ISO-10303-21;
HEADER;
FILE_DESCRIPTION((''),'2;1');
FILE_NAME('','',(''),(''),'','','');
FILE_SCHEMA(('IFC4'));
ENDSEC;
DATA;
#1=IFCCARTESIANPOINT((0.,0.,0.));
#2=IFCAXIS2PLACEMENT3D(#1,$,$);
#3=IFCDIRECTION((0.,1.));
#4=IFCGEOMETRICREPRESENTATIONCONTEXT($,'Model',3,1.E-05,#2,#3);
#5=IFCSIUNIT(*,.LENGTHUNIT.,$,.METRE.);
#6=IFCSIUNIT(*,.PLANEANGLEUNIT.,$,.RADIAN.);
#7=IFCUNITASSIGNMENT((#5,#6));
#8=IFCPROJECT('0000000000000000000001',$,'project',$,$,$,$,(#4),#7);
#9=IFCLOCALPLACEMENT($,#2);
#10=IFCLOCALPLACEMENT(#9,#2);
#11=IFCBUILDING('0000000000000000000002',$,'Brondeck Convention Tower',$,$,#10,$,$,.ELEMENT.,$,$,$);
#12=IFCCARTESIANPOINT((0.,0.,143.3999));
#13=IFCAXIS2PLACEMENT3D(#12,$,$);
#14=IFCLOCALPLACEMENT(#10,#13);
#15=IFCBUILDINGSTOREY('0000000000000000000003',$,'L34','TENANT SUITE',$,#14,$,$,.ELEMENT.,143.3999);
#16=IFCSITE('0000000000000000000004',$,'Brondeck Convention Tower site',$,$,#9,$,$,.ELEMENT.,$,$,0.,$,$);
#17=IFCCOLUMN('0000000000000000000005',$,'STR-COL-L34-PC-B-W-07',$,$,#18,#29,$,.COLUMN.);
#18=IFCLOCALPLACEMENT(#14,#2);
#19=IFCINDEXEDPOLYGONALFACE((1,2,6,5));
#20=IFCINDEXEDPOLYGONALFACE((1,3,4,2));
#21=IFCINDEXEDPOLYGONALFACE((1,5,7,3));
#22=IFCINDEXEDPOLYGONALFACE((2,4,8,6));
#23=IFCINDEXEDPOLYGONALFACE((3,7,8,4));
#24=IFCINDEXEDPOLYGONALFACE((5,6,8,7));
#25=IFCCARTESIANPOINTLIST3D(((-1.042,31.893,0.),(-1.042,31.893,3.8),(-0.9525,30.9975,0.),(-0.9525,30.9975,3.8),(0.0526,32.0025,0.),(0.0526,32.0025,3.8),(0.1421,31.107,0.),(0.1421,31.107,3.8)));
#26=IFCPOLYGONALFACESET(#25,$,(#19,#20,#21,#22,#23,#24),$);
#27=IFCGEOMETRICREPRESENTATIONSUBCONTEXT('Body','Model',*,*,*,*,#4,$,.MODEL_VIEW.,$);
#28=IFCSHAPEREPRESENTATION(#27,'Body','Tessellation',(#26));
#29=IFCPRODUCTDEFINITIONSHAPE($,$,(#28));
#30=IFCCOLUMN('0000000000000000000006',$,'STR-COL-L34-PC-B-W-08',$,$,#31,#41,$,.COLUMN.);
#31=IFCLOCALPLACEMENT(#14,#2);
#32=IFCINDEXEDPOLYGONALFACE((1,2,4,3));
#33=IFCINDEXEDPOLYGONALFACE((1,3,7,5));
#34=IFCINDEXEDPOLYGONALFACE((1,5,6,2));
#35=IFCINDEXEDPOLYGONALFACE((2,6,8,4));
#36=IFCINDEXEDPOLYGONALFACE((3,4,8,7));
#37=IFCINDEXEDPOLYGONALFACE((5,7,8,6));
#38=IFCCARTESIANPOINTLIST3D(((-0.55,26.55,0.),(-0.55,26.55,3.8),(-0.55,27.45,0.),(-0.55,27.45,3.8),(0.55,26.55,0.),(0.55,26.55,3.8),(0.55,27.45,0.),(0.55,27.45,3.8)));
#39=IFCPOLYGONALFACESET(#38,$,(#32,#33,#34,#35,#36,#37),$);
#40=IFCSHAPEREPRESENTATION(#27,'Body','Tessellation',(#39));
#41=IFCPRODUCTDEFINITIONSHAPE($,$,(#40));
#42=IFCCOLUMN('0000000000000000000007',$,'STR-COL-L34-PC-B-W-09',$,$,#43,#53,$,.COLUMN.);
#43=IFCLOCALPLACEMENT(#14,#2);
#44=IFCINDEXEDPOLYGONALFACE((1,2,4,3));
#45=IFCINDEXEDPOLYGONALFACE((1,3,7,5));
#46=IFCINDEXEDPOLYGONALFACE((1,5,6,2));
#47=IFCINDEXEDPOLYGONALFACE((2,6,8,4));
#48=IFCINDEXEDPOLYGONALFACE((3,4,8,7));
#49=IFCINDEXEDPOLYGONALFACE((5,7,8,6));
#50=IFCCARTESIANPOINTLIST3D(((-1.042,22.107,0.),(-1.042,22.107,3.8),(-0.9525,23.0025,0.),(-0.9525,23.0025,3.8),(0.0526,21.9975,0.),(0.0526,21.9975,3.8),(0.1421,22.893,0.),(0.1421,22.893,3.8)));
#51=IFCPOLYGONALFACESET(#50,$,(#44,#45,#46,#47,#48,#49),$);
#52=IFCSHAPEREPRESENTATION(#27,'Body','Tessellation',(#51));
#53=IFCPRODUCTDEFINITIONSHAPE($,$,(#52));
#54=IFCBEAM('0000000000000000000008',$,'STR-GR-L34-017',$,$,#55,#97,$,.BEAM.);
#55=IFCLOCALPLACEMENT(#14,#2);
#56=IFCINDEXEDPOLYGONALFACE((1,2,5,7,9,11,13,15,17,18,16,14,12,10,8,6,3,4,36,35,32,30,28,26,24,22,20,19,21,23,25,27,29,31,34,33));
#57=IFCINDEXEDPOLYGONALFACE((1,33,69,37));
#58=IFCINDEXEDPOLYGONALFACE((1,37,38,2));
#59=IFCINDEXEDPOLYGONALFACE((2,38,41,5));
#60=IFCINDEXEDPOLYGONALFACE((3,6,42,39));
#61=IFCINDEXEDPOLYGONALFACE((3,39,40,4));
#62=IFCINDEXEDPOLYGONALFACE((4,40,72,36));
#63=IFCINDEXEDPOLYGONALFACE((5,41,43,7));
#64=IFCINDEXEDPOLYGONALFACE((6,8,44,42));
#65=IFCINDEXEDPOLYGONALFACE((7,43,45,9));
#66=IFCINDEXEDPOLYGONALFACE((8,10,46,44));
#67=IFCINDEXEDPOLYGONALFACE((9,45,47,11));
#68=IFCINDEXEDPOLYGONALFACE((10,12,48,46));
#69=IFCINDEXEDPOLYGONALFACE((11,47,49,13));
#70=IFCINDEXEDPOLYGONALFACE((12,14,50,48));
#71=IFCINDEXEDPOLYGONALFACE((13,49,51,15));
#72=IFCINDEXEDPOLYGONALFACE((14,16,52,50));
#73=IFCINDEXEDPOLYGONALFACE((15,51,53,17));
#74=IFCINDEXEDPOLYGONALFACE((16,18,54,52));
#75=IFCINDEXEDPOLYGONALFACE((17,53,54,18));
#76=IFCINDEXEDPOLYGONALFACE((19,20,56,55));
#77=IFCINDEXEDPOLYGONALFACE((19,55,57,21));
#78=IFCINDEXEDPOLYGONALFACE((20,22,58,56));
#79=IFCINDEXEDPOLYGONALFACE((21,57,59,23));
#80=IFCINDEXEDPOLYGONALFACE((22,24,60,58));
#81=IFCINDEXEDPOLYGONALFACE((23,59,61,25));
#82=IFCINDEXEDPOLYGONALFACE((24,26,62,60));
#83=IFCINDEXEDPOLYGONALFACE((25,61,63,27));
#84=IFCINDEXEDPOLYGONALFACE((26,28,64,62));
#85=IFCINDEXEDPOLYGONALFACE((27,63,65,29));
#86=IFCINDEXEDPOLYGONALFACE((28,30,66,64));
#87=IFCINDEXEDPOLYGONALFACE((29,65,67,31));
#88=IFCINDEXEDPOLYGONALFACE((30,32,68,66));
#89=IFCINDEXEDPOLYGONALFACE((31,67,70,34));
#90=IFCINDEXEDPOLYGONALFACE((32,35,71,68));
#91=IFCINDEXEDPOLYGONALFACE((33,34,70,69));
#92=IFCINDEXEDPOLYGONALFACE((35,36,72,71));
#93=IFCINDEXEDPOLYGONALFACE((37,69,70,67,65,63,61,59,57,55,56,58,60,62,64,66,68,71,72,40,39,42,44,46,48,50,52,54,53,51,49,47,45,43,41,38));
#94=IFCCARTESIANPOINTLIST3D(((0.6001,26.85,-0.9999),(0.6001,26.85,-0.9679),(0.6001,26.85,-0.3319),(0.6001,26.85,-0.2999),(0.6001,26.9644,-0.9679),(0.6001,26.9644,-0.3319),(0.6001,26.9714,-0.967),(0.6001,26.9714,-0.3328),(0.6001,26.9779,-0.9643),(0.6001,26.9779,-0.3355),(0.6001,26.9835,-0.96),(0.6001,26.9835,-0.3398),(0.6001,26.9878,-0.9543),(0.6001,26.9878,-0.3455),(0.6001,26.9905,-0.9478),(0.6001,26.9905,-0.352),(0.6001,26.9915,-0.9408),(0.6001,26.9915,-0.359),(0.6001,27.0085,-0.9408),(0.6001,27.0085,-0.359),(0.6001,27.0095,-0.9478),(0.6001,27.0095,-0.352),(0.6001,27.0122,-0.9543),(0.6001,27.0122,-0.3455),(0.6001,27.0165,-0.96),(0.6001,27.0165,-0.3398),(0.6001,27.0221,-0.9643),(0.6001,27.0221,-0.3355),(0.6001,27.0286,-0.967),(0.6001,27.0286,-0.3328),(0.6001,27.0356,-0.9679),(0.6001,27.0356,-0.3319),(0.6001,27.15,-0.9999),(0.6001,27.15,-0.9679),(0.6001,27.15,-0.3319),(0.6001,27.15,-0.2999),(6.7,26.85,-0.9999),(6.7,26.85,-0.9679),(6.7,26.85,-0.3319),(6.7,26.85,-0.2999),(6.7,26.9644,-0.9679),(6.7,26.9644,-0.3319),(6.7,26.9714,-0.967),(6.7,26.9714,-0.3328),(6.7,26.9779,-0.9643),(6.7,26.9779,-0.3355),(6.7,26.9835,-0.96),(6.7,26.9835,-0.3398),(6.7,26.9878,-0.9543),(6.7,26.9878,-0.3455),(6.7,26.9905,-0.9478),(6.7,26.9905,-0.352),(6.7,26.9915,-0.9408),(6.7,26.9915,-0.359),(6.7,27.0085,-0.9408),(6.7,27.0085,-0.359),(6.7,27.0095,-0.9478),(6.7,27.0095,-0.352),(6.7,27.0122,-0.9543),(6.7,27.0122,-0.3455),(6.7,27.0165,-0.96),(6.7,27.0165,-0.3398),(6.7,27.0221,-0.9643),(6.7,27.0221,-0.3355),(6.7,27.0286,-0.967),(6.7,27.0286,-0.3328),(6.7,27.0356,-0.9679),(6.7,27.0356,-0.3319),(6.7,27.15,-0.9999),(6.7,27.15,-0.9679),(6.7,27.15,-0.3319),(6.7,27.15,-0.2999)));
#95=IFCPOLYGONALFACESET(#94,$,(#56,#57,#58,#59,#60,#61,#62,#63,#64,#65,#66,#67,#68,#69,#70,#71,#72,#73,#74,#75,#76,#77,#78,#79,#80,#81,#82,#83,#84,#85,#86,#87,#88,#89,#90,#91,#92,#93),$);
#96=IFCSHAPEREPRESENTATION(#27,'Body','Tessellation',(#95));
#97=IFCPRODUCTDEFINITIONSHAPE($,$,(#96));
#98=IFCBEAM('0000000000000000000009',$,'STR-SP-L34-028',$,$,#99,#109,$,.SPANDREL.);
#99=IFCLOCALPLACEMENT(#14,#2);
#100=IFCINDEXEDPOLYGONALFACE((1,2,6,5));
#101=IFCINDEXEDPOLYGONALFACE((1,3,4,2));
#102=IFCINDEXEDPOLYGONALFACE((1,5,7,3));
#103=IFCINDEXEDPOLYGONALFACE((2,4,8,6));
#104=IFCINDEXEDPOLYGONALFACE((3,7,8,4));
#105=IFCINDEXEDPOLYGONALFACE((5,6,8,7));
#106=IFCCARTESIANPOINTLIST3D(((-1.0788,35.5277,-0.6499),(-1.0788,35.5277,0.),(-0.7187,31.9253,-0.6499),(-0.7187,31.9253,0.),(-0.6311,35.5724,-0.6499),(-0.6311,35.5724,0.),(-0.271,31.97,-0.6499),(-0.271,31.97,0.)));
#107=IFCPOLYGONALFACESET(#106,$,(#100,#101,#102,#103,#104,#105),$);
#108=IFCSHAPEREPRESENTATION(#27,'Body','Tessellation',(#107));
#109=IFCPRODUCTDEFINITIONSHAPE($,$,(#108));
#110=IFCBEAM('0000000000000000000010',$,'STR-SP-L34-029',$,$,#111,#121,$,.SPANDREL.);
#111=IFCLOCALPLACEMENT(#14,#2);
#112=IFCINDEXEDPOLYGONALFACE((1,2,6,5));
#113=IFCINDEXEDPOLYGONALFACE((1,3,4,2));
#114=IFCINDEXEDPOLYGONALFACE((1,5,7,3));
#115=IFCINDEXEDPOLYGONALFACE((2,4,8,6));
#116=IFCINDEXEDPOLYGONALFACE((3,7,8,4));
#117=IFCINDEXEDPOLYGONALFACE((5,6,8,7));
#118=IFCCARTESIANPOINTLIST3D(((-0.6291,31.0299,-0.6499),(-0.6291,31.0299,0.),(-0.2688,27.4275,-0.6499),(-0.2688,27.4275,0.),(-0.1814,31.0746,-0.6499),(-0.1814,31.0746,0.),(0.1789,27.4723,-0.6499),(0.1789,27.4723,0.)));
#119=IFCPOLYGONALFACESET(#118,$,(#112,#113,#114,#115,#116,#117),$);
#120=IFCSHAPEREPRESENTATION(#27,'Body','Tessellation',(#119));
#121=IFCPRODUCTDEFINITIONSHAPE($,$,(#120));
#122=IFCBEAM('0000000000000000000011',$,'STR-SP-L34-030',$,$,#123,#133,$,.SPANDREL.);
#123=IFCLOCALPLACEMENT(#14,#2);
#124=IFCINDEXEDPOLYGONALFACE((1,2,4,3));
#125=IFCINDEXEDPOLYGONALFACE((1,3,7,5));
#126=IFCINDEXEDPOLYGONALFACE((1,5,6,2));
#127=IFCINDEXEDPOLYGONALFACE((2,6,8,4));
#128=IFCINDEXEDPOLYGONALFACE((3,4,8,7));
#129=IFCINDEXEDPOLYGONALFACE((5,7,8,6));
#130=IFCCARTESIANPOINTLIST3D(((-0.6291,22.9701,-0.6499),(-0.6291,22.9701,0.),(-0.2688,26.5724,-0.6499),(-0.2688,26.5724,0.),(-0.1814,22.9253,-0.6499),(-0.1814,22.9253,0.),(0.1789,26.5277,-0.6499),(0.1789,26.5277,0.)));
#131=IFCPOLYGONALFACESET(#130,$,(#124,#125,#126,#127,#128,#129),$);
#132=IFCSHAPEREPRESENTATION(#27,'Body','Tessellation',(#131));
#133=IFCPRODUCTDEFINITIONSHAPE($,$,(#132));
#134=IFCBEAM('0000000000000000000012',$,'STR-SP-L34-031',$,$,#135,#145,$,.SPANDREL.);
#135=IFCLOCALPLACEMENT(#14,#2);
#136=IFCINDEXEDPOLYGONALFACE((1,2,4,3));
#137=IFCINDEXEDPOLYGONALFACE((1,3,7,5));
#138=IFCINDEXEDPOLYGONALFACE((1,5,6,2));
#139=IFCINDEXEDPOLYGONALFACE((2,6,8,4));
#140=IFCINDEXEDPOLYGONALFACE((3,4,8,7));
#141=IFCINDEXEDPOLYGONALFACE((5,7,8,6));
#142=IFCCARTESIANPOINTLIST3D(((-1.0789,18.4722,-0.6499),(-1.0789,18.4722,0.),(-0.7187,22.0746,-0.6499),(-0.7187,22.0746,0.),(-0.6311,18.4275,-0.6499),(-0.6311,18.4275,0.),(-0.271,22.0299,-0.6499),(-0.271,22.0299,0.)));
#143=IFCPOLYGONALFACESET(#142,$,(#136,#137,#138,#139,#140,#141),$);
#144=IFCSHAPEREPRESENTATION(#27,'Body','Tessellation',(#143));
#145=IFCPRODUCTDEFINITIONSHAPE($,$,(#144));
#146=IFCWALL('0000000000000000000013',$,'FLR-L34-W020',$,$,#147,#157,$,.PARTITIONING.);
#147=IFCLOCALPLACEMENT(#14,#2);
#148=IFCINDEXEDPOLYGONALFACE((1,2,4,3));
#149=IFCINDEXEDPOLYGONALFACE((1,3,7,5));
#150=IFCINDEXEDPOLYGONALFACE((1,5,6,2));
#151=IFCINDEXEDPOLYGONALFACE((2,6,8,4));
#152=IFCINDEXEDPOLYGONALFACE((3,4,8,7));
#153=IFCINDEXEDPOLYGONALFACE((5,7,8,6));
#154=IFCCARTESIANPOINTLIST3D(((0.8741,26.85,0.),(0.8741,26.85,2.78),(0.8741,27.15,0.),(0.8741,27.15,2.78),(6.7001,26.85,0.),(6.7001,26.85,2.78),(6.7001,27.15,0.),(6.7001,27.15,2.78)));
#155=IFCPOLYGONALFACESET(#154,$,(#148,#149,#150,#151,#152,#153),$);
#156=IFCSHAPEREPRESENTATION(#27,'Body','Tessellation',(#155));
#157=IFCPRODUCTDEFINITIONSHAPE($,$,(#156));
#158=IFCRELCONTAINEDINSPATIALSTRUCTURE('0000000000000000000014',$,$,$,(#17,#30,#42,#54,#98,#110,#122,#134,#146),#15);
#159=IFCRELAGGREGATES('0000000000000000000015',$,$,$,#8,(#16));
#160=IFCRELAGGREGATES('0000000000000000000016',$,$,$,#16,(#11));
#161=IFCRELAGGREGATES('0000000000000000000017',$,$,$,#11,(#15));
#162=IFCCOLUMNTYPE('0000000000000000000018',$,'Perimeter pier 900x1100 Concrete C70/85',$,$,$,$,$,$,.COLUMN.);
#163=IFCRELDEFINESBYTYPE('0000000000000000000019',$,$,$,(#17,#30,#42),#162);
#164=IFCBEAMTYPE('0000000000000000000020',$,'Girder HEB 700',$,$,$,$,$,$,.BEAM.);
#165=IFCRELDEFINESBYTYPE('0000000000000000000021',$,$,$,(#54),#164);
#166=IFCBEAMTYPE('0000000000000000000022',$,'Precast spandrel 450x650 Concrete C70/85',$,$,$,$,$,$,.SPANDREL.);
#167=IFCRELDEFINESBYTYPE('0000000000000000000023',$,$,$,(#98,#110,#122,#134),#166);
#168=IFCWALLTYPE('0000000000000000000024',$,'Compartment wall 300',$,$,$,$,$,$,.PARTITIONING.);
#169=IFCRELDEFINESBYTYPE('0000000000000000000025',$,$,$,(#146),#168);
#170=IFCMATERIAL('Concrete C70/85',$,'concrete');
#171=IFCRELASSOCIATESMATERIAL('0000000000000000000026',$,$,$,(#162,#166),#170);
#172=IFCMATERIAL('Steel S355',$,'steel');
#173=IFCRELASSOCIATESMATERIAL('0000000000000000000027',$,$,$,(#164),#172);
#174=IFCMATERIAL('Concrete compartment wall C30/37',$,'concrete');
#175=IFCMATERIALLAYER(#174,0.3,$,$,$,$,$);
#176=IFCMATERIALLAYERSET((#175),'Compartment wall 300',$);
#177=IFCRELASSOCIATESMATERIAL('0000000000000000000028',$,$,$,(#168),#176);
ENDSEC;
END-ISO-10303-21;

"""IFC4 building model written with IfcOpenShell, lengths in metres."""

from ifc_helpers import new_model, si_unit, direction, frame, frame_2d, origin, origin_2d, place, context, subcontext, project, spatial, rectangle, i_section, extrude, material, layer, layer_set, material_profile, profile_set, type_object, element, save


model = new_model("IFC4")

# Units and contexts
model_context = context("Model", 3, precision=1e-05, world=origin(), true_north=direction((0.0, 1.0)))
body_context = subcontext(model_context, "Body", "Model", "MODEL_VIEW")
ifc_project = project(units=[si_unit("LENGTHUNIT", "METRE"), si_unit("PLANEANGLEUNIT", "RADIAN")], contexts=[model_context])

# Site, building, storey
site_placement = place(None, origin())
site = spatial("IfcSite", under=ifc_project, at=site_placement, Name="Brondeck Convention Tower site", CompositionType="ELEMENT", RefElevation=0.0)
building_placement = place(site_placement, origin())
building = spatial("IfcBuilding", under=site, at=building_placement, Name="Brondeck Convention Tower", CompositionType="ELEMENT")
storey_placement = place(building_placement, frame((0.0, 0.0, 143.3999)))
storey = spatial("IfcBuildingStorey", under=building, at=storey_placement, Name="L34", Description="TENANT SUITE", CompositionType="ELEMENT", Elevation=143.3999)

# Columns
ifc_material_1 = material(Name="Concrete C70/85", Category="concrete")
ifc_material_profile_1 = material_profile(ifc_material_1, rectangle(XDim=0.8999, YDim=1.1001, at=origin_2d()), Name="Perimeter pier 900x1100 Concrete C70/85")
ifc_profile_set_1 = profile_set([ifc_material_profile_1], Name="Concrete C70/85")
column_type = type_object("IfcColumnType", Name="Perimeter pier 900x1100 Concrete C70/85", PredefinedType="COLUMN", material=ifc_profile_set_1)
for number, where, z_axis, x_axis, name in (
    (1, (-0.45, 31.5, 0.0), (0.0, 0.0, 1.0), (0.099504, -0.995037, 0.0), "STR-COL-L34-PC-B-W-07"),
    (2, (0.0, 27.0, 0.0), (0.0, 0.0, 1.0), (0.0, -1.0, 0.0), "STR-COL-L34-PC-B-W-08"),
    (3, (-0.45, 22.5, 0.0), (0.0, 0.0, 1.0), (-0.099504, -0.995037, 0.0), "STR-COL-L34-PC-B-W-09"),
):
    element("IfcColumn", number, at=place(storey_placement, frame(where, z_axis=z_axis, x_axis=x_axis)), inside=storey, type_object=column_type, Name=name, PredefinedType="COLUMN", context=body_context, shape_type="SweptSolid", body=[
        extrude(rectangle(XDim=0.8999, YDim=1.1001, at=origin_2d()), origin(), (0.0, 0.0, 1.0), 3.8),
    ])

# Beams
ifc_material_2 = material(Name="Steel S355", Category="steel")
ifc_material_profile_2 = material_profile(ifc_material_2, i_section(OverallWidth=0.3, OverallDepth=0.7, WebThickness=0.0171, FlangeThickness=0.032, FilletRadius=0.0271, at=origin_2d()), Name="HEB 700")
ifc_profile_set_2 = profile_set([ifc_material_profile_2], Name="Steel S355")
beam_type_1 = type_object("IfcBeamType", Name="Girder HEB 700", PredefinedType="BEAM", material=ifc_profile_set_2)
beam_placement = place(storey_placement, frame((0.6001, 27.0, -0.6499), z_axis=(1.0, 0.0, 0.0), x_axis=(0.0, 1.0, 0.0)))
element("IfcBeam", 4, at=beam_placement, inside=storey, type_object=beam_type_1, Name="STR-GR-L34-017", PredefinedType="BEAM", context=body_context, shape_type="SweptSolid", body=[
    extrude(i_section(OverallWidth=0.3, OverallDepth=0.7, WebThickness=0.0171, FlangeThickness=0.032, FilletRadius=0.0271, at=origin_2d()), origin(), (0.0, 0.0, 1.0), 6.0999),
])
ifc_material_profile_3 = material_profile(ifc_material_1, rectangle(XDim=0.45, YDim=0.6499, at=origin_2d()), Name="Precast spandrel 450x650 Concrete C70/85")
ifc_profile_set_3 = profile_set([ifc_material_profile_3], Name="Concrete C70/85")
beam_type_2 = type_object("IfcBeamType", Name="Precast spandrel 450x650 Concrete C70/85", PredefinedType="SPANDREL", material=ifc_profile_set_3)
for number, where, z_axis, x_axis, name in (
    (5, (-0.855, 35.55, -0.325), (0.09947, -0.995041, 0.0), (0.995041, 0.09947, 0.0), "STR-SP-L34-028"),
    (6, (-0.4053, 31.0522, -0.325), (0.099537, -0.995034, 0.0), (0.995034, 0.099537, 0.0), "STR-SP-L34-029"),
    (7, (-0.0449, 26.55, -0.325), (-0.099537, -0.995034, 0.0), (0.995034, -0.099537, 0.0), "STR-SP-L34-030"),
    (8, (-0.4949, 22.0522, -0.325), (-0.09947, -0.995041, 0.0), (0.995041, -0.09947, 0.0), "STR-SP-L34-031"),
):
    element("IfcBeam", number, at=place(storey_placement, frame(where, z_axis=z_axis, x_axis=x_axis)), inside=storey, type_object=beam_type_2, Name=name, PredefinedType="SPANDREL", context=body_context, shape_type="SweptSolid", body=[
        extrude(rectangle(XDim=0.45, YDim=0.6499, at=origin_2d()), origin(), (0.0, 0.0, 1.0), 3.6204),
    ])

# Wall
ifc_material_3 = material(Name="Concrete compartment wall C30/37", Category="concrete")
ifc_layer_1 = layer(ifc_material_3, 0.3)
ifc_layer_set_1 = layer_set([ifc_layer_1], Name="Compartment wall 300")
wall_type_1 = type_object("IfcWallType", Name="Compartment wall 300", PredefinedType="PARTITIONING", material=ifc_layer_set_1)
wall_1_placement = place(storey_placement, frame((0.874, 27.0, 0.0), z_axis=(0.0, 0.0, 1.0), x_axis=(1.0, 0.0, 0.0)))
element("IfcWall", 9, at=wall_1_placement, inside=storey, type_object=wall_type_1, Name="FLR-L34-W020", PredefinedType="PARTITIONING", context=body_context, shape_type="SweptSolid", body=[
    extrude(rectangle(XDim=5.8259, YDim=0.3, at=frame_2d((2.9131, 0.0))), origin(), (0.0, 0.0, 1.0), 2.78),
])

save(model, "model.ifc")
